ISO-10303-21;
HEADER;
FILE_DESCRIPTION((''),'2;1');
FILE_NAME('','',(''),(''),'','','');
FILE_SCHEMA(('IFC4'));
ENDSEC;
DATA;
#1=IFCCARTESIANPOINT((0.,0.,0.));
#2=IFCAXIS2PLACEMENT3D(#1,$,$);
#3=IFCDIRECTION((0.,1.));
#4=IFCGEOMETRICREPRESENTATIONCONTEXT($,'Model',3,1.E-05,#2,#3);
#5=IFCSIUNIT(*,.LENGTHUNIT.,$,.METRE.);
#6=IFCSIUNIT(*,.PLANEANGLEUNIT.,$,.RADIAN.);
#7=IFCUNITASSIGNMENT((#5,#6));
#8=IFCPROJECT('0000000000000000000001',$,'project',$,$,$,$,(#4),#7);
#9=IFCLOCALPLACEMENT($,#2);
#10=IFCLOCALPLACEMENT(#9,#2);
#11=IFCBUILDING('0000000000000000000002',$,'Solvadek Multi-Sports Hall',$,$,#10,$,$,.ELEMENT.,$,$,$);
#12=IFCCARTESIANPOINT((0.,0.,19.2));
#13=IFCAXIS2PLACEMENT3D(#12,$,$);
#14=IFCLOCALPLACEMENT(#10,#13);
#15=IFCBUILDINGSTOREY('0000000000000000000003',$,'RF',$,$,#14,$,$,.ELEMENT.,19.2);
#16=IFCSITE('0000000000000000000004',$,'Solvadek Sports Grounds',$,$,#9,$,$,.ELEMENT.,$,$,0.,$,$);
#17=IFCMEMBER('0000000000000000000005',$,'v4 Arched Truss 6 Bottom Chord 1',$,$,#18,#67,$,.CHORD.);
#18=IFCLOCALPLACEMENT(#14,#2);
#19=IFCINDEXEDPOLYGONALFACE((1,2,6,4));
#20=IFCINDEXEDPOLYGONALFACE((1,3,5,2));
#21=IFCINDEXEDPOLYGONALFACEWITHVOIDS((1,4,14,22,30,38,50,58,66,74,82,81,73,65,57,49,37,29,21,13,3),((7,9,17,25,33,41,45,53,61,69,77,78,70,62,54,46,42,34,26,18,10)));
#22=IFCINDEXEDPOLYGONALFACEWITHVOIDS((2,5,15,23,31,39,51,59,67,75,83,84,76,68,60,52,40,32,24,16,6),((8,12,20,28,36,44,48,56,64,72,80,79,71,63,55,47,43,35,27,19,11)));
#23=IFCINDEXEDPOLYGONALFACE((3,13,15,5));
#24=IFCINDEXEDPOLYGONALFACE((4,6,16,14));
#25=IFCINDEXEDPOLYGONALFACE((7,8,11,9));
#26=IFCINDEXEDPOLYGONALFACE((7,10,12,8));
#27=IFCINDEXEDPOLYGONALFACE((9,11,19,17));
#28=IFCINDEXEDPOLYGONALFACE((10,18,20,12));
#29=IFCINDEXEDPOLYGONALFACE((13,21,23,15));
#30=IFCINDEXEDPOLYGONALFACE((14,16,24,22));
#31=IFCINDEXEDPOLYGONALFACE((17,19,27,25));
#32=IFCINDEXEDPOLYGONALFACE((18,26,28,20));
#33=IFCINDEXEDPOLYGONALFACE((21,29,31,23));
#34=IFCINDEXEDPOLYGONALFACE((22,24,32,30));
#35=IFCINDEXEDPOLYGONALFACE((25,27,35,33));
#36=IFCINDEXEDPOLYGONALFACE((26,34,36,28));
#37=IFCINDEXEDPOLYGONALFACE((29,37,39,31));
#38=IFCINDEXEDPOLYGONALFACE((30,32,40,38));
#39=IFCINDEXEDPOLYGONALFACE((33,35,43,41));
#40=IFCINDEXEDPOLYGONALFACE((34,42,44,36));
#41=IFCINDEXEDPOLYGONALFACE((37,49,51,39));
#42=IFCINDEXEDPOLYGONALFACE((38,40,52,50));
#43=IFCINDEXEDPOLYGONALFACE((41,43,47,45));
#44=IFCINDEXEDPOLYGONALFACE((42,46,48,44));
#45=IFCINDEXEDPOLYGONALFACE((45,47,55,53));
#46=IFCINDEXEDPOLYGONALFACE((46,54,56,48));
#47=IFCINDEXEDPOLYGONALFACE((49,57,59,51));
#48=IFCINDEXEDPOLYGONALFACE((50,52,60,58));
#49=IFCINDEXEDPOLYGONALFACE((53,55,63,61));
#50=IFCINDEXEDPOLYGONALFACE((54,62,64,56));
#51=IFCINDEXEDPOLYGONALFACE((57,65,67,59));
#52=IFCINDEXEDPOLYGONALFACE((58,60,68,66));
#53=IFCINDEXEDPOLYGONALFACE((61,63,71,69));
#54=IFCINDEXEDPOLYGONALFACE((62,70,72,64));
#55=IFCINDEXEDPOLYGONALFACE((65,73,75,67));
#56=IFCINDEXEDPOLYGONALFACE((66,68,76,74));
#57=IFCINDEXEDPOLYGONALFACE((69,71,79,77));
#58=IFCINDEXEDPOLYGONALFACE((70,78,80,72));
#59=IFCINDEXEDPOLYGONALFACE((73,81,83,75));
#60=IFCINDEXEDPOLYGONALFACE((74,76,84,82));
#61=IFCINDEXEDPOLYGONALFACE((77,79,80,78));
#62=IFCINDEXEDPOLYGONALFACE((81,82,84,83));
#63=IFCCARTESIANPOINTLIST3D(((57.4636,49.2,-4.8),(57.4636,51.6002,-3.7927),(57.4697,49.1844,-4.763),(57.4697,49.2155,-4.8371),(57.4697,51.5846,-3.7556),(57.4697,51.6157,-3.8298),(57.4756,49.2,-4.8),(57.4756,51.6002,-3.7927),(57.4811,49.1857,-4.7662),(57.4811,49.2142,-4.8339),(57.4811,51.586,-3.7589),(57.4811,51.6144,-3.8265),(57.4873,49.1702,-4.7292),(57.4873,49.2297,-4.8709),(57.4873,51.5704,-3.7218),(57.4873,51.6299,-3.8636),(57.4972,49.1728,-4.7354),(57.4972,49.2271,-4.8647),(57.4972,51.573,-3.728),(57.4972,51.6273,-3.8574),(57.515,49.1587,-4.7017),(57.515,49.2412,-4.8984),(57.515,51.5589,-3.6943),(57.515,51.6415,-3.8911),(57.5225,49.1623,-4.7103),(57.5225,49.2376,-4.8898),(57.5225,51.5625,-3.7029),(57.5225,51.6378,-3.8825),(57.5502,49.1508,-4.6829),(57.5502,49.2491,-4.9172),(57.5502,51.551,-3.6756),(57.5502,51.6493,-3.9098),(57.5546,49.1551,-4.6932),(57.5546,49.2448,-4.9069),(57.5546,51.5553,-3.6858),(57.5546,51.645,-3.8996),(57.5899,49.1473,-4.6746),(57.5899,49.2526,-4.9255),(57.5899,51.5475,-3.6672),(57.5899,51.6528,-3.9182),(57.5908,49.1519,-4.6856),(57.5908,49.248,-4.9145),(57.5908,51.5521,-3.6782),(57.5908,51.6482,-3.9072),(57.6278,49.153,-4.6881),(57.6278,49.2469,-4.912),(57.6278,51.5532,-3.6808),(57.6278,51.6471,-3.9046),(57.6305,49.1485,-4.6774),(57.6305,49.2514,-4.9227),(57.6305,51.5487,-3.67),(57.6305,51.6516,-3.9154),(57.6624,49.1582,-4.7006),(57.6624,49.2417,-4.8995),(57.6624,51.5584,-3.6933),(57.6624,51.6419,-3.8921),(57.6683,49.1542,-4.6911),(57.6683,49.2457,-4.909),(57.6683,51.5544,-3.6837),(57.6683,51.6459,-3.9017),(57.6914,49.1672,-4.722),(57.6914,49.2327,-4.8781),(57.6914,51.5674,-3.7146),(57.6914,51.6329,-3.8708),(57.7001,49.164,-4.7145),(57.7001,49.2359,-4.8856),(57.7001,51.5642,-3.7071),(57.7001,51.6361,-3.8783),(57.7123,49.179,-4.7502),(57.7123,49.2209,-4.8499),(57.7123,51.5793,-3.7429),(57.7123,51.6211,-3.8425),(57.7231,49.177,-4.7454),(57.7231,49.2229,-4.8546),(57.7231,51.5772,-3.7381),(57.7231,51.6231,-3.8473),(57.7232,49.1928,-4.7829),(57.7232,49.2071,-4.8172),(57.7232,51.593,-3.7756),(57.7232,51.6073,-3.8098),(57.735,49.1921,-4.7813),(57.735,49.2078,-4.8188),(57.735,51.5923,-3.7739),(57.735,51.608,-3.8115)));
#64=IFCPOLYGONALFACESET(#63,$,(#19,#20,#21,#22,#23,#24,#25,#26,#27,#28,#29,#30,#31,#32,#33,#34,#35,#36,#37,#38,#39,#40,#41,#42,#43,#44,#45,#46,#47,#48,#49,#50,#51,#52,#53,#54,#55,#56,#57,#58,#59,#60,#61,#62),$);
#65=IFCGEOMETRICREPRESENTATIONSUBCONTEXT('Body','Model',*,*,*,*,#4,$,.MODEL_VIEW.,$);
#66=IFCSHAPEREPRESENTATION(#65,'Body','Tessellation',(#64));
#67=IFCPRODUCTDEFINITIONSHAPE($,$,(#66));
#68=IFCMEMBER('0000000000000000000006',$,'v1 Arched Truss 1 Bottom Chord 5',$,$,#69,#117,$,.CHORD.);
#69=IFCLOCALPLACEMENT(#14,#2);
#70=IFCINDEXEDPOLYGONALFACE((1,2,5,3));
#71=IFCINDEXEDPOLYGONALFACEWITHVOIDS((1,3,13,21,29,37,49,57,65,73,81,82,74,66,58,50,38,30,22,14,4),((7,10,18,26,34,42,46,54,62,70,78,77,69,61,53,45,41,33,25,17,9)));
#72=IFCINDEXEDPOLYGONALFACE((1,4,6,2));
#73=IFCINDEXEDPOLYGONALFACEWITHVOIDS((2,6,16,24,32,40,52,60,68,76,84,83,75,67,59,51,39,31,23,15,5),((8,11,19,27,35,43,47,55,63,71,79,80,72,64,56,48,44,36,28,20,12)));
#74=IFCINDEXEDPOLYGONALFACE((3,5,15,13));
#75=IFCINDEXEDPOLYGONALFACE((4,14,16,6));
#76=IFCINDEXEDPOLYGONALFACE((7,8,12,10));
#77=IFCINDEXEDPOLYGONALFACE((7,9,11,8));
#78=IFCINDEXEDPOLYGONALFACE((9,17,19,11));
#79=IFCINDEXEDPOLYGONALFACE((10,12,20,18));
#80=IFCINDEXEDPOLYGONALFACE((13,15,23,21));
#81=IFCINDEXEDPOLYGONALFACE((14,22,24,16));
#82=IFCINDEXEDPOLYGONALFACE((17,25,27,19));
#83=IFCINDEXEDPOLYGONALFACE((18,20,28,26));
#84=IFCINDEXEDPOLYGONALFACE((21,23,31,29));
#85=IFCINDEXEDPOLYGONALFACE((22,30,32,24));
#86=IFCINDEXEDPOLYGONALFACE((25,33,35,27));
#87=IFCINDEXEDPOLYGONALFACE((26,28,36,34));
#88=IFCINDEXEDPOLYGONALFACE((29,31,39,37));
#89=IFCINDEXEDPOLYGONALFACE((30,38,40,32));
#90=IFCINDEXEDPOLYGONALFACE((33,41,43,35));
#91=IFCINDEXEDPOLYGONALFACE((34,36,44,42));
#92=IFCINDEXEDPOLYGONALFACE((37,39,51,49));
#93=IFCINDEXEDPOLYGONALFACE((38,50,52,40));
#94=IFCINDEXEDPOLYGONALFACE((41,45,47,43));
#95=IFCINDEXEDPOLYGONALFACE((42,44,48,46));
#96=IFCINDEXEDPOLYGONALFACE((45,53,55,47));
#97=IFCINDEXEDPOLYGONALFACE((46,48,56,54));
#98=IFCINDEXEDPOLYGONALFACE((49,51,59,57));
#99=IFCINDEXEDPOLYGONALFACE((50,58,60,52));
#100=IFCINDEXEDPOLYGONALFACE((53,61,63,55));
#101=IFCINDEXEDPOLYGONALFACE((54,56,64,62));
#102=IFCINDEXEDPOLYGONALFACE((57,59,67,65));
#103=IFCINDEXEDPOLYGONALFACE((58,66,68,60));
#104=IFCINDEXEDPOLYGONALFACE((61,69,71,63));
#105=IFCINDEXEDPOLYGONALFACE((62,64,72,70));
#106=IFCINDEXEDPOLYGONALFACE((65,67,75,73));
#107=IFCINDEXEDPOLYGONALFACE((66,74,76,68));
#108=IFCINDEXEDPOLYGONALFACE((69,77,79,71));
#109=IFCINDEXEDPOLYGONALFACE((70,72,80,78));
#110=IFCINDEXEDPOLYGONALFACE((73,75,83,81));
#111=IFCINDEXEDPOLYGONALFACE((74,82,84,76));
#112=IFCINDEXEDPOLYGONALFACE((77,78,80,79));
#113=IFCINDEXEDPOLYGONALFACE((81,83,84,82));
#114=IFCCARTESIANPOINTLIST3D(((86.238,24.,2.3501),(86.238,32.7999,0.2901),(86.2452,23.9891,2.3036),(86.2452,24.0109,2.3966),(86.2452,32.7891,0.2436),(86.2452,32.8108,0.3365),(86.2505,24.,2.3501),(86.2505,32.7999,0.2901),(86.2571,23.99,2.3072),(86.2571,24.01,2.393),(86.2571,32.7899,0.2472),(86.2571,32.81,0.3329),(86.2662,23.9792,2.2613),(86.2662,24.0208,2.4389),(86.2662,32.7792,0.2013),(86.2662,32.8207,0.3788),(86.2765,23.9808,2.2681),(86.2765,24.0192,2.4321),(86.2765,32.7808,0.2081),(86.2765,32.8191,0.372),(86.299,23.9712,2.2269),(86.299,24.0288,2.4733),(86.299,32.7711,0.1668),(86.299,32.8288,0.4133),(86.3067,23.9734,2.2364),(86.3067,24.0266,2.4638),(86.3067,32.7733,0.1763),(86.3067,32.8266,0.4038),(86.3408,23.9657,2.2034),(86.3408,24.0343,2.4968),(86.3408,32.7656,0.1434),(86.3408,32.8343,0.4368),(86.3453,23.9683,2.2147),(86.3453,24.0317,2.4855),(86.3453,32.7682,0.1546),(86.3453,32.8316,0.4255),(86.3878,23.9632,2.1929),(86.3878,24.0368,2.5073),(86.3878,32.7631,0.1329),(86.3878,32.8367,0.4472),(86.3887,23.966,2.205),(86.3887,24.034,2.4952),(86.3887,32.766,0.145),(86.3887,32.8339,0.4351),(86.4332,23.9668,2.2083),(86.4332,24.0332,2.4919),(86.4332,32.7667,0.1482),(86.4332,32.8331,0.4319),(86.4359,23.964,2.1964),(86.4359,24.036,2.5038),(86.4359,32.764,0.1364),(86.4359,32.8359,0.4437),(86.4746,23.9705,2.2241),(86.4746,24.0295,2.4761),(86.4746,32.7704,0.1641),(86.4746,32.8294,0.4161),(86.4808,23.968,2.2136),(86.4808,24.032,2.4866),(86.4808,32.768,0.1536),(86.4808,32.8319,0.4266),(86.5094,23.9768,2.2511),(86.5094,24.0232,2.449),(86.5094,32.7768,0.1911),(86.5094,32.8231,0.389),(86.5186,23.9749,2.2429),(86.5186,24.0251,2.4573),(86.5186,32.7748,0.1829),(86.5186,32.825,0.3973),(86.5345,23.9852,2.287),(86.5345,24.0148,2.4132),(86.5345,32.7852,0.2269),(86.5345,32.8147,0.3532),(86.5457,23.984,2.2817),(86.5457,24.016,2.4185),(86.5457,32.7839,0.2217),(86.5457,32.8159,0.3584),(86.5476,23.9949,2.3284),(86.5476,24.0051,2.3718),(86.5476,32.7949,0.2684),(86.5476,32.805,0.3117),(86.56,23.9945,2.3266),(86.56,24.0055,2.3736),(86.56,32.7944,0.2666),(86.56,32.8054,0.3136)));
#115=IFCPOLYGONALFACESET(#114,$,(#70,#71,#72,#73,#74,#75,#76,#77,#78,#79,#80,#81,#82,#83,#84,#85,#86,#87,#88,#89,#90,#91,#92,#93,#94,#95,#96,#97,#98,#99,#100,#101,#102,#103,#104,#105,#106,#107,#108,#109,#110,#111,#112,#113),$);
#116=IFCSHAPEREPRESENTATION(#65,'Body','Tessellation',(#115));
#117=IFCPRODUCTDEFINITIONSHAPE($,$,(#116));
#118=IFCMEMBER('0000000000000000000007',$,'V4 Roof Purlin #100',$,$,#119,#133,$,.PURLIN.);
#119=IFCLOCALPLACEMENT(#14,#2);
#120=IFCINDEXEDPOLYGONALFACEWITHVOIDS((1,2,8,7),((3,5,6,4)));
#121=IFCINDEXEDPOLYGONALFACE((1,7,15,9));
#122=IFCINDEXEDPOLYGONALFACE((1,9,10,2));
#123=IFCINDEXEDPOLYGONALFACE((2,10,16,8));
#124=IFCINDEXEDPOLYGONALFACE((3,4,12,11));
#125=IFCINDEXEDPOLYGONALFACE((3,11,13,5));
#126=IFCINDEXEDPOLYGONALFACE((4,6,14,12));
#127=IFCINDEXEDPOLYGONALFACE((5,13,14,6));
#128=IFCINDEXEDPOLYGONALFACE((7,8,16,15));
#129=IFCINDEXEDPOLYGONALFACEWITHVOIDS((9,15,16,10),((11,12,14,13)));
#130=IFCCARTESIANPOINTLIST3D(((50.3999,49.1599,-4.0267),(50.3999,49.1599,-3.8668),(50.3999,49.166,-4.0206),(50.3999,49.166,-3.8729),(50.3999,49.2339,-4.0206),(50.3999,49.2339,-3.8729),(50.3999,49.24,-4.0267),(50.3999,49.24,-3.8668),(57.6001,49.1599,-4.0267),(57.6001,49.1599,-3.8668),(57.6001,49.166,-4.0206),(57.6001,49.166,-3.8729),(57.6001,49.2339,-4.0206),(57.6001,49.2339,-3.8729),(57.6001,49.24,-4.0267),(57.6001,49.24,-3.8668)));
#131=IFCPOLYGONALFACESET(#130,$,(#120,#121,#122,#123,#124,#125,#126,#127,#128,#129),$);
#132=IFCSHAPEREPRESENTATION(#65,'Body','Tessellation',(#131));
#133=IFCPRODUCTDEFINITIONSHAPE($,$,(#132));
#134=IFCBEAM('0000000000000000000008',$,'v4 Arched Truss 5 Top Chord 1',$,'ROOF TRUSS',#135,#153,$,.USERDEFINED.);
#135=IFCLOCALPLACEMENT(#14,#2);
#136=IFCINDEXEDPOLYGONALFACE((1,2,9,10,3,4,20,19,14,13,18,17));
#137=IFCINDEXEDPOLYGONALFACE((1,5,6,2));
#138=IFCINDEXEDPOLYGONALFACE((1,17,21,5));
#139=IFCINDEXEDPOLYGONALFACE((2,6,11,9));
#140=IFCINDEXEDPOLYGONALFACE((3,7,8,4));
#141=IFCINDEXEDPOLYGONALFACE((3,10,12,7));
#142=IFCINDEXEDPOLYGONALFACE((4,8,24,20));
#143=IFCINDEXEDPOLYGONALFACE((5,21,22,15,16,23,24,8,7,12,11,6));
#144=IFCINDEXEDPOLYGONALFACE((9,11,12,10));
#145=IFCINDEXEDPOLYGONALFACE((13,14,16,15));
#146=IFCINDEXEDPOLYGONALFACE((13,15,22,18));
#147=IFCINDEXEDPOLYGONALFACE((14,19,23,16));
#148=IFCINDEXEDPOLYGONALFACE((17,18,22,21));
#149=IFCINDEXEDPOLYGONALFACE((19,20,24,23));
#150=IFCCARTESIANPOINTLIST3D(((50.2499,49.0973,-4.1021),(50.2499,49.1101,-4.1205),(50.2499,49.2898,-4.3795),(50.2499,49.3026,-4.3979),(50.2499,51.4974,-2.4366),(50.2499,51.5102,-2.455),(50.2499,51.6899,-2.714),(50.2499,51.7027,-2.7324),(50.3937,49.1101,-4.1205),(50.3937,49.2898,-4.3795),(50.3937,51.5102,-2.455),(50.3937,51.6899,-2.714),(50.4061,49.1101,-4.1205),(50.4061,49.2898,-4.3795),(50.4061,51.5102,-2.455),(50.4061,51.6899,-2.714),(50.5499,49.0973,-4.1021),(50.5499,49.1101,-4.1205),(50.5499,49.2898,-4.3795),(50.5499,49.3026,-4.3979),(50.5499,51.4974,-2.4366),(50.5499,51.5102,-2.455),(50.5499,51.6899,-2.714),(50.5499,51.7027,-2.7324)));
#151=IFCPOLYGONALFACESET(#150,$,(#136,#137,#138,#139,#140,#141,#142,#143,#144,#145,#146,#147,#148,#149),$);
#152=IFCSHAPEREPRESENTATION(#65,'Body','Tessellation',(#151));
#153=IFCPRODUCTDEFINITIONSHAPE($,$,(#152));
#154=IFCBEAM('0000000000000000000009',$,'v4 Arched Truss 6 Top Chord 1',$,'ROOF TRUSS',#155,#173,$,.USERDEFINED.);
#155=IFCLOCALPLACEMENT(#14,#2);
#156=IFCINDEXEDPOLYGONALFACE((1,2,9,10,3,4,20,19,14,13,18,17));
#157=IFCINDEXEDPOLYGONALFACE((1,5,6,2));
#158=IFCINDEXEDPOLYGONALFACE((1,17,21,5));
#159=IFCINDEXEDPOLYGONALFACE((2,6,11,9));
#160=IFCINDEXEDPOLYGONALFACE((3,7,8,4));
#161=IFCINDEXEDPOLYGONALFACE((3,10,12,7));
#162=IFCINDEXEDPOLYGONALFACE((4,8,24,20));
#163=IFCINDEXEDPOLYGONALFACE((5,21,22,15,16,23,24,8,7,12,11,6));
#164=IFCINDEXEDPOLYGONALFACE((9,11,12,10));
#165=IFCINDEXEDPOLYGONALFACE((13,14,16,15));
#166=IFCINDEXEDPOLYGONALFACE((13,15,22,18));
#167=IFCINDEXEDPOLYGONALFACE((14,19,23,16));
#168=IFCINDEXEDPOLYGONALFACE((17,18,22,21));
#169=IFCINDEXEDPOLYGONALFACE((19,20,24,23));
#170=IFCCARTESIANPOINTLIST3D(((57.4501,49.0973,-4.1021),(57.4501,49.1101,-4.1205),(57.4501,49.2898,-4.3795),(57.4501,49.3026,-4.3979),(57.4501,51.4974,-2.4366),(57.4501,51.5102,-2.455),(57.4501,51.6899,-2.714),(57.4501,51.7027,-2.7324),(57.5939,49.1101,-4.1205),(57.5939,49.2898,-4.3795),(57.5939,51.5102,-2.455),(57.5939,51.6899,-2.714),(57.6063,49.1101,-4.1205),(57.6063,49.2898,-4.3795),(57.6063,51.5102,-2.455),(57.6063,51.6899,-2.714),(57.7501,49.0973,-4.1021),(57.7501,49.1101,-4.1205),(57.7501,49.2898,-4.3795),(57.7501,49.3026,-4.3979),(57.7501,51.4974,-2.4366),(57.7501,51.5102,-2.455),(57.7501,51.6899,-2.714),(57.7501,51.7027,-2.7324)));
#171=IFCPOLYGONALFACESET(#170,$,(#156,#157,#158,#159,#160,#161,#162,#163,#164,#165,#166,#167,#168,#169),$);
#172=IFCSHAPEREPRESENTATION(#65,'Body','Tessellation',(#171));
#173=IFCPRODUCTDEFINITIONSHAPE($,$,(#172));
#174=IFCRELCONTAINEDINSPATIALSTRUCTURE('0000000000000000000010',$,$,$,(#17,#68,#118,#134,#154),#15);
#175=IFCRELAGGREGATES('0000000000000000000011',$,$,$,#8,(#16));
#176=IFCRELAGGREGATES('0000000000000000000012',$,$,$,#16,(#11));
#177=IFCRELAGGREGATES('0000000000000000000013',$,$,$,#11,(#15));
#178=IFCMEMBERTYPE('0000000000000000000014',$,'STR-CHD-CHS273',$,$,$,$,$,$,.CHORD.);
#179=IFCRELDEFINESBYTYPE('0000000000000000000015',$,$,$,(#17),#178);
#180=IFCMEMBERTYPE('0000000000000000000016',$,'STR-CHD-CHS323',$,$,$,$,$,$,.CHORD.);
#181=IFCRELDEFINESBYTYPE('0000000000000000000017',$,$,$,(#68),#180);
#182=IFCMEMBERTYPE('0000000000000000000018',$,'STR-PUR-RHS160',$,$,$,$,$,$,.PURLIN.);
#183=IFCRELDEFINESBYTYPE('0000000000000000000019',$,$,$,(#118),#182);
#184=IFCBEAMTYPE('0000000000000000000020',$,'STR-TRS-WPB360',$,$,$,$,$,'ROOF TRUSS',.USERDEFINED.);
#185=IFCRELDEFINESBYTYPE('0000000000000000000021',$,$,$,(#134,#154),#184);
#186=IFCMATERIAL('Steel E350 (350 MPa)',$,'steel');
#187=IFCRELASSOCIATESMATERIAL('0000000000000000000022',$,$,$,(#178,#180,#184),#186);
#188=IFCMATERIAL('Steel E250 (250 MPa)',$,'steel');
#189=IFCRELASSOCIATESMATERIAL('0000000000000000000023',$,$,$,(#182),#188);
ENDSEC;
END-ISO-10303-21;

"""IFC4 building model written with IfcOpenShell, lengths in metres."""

from ifc_helpers import new_model, si_unit, direction, frame, origin, origin_2d, place, context, subcontext, project, spatial, hollow_rectangle, hollow_circle, i_section, extrude, material, material_profile, profile_set, type_object, element, save


model = new_model("IFC4")

# Units and contexts
model_context = context("Model", 3, precision=1e-05, world=origin(), true_north=direction((0.0, 1.0)))
body_context = subcontext(model_context, "Body", "Model", "MODEL_VIEW")
ifc_project = project(units=[si_unit("LENGTHUNIT", "METRE"), si_unit("PLANEANGLEUNIT", "RADIAN")], contexts=[model_context])

# Site, building, storey
site_placement = place(None, origin())
site = spatial("IfcSite", under=ifc_project, at=site_placement, Name="Solvadek Sports Grounds", CompositionType="ELEMENT", RefElevation=0.0)
building_placement = place(site_placement, origin())
building = spatial("IfcBuilding", under=site, at=building_placement, Name="Solvadek Multi-Sports Hall", CompositionType="ELEMENT")
storey_placement = place(building_placement, frame((0.0, 0.0, 19.2)))
storey = spatial("IfcBuildingStorey", under=building, at=storey_placement, Name="RF", CompositionType="ELEMENT", Elevation=19.2)

# Shared definitions
ifc_material_1 = material(Name="Steel E350 (350 MPa)", Category="steel")

# Members
ifc_material_profile_1 = material_profile(ifc_material_1, hollow_circle(Radius=0.1365, WallThickness=0.012, at=origin_2d()), Name="CHS 273.0x12")
ifc_profile_set_1 = profile_set([ifc_material_profile_1], Name="Steel E350 (350 MPa)")
member_type_1 = type_object("IfcMemberType", Name="STR-CHD-CHS273", PredefinedType="CHORD", material=ifc_profile_set_1)
for number, where, z_axis, x_axis, name in (
    (1, (57.6001, 49.2, -4.8), (0.0, 0.922083, 0.386992), (-1.0, 0.0, 0.0), "v4 Arched Truss 6 Bottom Chord 1"),
):
    element("IfcMember", number, at=place(storey_placement, frame(where, z_axis=z_axis, x_axis=x_axis)), inside=storey, type_object=member_type_1, Name=name, PredefinedType="CHORD", context=body_context, shape_type="SweptSolid", body=[
        extrude(hollow_circle(Radius=0.1365, WallThickness=0.012, at=origin_2d()), origin(), (0.0, 0.0, 1.0), 2.603),
    ])
ifc_material_profile_2 = material_profile(ifc_material_1, hollow_circle(Radius=0.1619, WallThickness=0.0125, at=origin_2d()), Name="CHS 323.9x12.5")
ifc_profile_set_2 = profile_set([ifc_material_profile_2], Name="Steel E350 (350 MPa)")
member_type_2 = type_object("IfcMemberType", Name="STR-CHD-CHS323", PredefinedType="CHORD", material=ifc_profile_set_2)
member_1_placement = place(storey_placement, frame((86.3999, 24.0, 2.3501), z_axis=(0.0, 0.973677, -0.227934), x_axis=(-1.0, 0.0, 0.0)))
element("IfcMember", 2, at=member_1_placement, inside=storey, type_object=member_type_2, Name="v1 Arched Truss 1 Bottom Chord 5", PredefinedType="CHORD", context=body_context, shape_type="SweptSolid", body=[
    extrude(hollow_circle(Radius=0.1619, WallThickness=0.0125, at=origin_2d()), origin(), (0.0, 0.0, 1.0), 9.0378),
])
ifc_material_2 = material(Name="Steel E250 (250 MPa)", Category="steel")
ifc_material_profile_3 = material_profile(ifc_material_2, hollow_rectangle(XDim=0.0801, YDim=0.1599, WallThickness=0.0061, at=origin_2d()), Name="RHS 160x80x6")
ifc_profile_set_3 = profile_set([ifc_material_profile_3], Name="Steel E250 (250 MPa)")
member_type_3 = type_object("IfcMemberType", Name="STR-PUR-RHS160", PredefinedType="PURLIN", material=ifc_profile_set_3)
member_2_placement = place(storey_placement, frame((50.3999, 49.2, -3.9468), z_axis=(1.0, 0.0, 0.0), x_axis=(0.0, 1.0, 0.0)))
element("IfcMember", 3, at=member_2_placement, inside=storey, type_object=member_type_3, Name="V4 Roof Purlin #100", PredefinedType="PURLIN", context=body_context, shape_type="SweptSolid", body=[
    extrude(hollow_rectangle(XDim=0.0801, YDim=0.1599, WallThickness=0.0061, at=origin_2d()), origin(), (0.0, 0.0, 1.0), 7.2002),
])

# Beams
ifc_material_profile_4 = material_profile(ifc_material_1, i_section(OverallWidth=0.3, OverallDepth=0.3601, WebThickness=0.0125, FlangeThickness=0.0225, at=origin_2d()), Name="WPB 360")
ifc_profile_set_4 = profile_set([ifc_material_profile_4], Name="Steel E350 (350 MPa)")
beam_type_1 = type_object("IfcBeamType", Name="STR-TRS-WPB360", ElementType="ROOF TRUSS", PredefinedType="USERDEFINED", material=ifc_profile_set_4)
for number, where, z_axis, x_axis, name in (
    (4, (50.3999, 49.2, -4.25), (0.0, 0.821569, 0.570109), (-1.0, 0.0, 0.0), "v4 Arched Truss 5 Top Chord 1"),
    (5, (57.6001, 49.2, -4.25), (0.0, 0.821569, 0.570109), (-1.0, 0.0, 0.0), "v4 Arched Truss 6 Top Chord 1"),
):
    element("IfcBeam", number, at=place(storey_placement, frame(where, z_axis=z_axis, x_axis=x_axis)), inside=storey, type_object=beam_type_1, Name=name, ObjectType="ROOF TRUSS", PredefinedType="USERDEFINED", context=body_context, shape_type="SweptSolid", body=[
        extrude(i_section(OverallWidth=0.3, OverallDepth=0.3601, WebThickness=0.0125, FlangeThickness=0.0225, at=origin_2d()), origin(), (0.0, 0.0, 1.0), 2.9214),
    ])

save(model, "model.ifc")
